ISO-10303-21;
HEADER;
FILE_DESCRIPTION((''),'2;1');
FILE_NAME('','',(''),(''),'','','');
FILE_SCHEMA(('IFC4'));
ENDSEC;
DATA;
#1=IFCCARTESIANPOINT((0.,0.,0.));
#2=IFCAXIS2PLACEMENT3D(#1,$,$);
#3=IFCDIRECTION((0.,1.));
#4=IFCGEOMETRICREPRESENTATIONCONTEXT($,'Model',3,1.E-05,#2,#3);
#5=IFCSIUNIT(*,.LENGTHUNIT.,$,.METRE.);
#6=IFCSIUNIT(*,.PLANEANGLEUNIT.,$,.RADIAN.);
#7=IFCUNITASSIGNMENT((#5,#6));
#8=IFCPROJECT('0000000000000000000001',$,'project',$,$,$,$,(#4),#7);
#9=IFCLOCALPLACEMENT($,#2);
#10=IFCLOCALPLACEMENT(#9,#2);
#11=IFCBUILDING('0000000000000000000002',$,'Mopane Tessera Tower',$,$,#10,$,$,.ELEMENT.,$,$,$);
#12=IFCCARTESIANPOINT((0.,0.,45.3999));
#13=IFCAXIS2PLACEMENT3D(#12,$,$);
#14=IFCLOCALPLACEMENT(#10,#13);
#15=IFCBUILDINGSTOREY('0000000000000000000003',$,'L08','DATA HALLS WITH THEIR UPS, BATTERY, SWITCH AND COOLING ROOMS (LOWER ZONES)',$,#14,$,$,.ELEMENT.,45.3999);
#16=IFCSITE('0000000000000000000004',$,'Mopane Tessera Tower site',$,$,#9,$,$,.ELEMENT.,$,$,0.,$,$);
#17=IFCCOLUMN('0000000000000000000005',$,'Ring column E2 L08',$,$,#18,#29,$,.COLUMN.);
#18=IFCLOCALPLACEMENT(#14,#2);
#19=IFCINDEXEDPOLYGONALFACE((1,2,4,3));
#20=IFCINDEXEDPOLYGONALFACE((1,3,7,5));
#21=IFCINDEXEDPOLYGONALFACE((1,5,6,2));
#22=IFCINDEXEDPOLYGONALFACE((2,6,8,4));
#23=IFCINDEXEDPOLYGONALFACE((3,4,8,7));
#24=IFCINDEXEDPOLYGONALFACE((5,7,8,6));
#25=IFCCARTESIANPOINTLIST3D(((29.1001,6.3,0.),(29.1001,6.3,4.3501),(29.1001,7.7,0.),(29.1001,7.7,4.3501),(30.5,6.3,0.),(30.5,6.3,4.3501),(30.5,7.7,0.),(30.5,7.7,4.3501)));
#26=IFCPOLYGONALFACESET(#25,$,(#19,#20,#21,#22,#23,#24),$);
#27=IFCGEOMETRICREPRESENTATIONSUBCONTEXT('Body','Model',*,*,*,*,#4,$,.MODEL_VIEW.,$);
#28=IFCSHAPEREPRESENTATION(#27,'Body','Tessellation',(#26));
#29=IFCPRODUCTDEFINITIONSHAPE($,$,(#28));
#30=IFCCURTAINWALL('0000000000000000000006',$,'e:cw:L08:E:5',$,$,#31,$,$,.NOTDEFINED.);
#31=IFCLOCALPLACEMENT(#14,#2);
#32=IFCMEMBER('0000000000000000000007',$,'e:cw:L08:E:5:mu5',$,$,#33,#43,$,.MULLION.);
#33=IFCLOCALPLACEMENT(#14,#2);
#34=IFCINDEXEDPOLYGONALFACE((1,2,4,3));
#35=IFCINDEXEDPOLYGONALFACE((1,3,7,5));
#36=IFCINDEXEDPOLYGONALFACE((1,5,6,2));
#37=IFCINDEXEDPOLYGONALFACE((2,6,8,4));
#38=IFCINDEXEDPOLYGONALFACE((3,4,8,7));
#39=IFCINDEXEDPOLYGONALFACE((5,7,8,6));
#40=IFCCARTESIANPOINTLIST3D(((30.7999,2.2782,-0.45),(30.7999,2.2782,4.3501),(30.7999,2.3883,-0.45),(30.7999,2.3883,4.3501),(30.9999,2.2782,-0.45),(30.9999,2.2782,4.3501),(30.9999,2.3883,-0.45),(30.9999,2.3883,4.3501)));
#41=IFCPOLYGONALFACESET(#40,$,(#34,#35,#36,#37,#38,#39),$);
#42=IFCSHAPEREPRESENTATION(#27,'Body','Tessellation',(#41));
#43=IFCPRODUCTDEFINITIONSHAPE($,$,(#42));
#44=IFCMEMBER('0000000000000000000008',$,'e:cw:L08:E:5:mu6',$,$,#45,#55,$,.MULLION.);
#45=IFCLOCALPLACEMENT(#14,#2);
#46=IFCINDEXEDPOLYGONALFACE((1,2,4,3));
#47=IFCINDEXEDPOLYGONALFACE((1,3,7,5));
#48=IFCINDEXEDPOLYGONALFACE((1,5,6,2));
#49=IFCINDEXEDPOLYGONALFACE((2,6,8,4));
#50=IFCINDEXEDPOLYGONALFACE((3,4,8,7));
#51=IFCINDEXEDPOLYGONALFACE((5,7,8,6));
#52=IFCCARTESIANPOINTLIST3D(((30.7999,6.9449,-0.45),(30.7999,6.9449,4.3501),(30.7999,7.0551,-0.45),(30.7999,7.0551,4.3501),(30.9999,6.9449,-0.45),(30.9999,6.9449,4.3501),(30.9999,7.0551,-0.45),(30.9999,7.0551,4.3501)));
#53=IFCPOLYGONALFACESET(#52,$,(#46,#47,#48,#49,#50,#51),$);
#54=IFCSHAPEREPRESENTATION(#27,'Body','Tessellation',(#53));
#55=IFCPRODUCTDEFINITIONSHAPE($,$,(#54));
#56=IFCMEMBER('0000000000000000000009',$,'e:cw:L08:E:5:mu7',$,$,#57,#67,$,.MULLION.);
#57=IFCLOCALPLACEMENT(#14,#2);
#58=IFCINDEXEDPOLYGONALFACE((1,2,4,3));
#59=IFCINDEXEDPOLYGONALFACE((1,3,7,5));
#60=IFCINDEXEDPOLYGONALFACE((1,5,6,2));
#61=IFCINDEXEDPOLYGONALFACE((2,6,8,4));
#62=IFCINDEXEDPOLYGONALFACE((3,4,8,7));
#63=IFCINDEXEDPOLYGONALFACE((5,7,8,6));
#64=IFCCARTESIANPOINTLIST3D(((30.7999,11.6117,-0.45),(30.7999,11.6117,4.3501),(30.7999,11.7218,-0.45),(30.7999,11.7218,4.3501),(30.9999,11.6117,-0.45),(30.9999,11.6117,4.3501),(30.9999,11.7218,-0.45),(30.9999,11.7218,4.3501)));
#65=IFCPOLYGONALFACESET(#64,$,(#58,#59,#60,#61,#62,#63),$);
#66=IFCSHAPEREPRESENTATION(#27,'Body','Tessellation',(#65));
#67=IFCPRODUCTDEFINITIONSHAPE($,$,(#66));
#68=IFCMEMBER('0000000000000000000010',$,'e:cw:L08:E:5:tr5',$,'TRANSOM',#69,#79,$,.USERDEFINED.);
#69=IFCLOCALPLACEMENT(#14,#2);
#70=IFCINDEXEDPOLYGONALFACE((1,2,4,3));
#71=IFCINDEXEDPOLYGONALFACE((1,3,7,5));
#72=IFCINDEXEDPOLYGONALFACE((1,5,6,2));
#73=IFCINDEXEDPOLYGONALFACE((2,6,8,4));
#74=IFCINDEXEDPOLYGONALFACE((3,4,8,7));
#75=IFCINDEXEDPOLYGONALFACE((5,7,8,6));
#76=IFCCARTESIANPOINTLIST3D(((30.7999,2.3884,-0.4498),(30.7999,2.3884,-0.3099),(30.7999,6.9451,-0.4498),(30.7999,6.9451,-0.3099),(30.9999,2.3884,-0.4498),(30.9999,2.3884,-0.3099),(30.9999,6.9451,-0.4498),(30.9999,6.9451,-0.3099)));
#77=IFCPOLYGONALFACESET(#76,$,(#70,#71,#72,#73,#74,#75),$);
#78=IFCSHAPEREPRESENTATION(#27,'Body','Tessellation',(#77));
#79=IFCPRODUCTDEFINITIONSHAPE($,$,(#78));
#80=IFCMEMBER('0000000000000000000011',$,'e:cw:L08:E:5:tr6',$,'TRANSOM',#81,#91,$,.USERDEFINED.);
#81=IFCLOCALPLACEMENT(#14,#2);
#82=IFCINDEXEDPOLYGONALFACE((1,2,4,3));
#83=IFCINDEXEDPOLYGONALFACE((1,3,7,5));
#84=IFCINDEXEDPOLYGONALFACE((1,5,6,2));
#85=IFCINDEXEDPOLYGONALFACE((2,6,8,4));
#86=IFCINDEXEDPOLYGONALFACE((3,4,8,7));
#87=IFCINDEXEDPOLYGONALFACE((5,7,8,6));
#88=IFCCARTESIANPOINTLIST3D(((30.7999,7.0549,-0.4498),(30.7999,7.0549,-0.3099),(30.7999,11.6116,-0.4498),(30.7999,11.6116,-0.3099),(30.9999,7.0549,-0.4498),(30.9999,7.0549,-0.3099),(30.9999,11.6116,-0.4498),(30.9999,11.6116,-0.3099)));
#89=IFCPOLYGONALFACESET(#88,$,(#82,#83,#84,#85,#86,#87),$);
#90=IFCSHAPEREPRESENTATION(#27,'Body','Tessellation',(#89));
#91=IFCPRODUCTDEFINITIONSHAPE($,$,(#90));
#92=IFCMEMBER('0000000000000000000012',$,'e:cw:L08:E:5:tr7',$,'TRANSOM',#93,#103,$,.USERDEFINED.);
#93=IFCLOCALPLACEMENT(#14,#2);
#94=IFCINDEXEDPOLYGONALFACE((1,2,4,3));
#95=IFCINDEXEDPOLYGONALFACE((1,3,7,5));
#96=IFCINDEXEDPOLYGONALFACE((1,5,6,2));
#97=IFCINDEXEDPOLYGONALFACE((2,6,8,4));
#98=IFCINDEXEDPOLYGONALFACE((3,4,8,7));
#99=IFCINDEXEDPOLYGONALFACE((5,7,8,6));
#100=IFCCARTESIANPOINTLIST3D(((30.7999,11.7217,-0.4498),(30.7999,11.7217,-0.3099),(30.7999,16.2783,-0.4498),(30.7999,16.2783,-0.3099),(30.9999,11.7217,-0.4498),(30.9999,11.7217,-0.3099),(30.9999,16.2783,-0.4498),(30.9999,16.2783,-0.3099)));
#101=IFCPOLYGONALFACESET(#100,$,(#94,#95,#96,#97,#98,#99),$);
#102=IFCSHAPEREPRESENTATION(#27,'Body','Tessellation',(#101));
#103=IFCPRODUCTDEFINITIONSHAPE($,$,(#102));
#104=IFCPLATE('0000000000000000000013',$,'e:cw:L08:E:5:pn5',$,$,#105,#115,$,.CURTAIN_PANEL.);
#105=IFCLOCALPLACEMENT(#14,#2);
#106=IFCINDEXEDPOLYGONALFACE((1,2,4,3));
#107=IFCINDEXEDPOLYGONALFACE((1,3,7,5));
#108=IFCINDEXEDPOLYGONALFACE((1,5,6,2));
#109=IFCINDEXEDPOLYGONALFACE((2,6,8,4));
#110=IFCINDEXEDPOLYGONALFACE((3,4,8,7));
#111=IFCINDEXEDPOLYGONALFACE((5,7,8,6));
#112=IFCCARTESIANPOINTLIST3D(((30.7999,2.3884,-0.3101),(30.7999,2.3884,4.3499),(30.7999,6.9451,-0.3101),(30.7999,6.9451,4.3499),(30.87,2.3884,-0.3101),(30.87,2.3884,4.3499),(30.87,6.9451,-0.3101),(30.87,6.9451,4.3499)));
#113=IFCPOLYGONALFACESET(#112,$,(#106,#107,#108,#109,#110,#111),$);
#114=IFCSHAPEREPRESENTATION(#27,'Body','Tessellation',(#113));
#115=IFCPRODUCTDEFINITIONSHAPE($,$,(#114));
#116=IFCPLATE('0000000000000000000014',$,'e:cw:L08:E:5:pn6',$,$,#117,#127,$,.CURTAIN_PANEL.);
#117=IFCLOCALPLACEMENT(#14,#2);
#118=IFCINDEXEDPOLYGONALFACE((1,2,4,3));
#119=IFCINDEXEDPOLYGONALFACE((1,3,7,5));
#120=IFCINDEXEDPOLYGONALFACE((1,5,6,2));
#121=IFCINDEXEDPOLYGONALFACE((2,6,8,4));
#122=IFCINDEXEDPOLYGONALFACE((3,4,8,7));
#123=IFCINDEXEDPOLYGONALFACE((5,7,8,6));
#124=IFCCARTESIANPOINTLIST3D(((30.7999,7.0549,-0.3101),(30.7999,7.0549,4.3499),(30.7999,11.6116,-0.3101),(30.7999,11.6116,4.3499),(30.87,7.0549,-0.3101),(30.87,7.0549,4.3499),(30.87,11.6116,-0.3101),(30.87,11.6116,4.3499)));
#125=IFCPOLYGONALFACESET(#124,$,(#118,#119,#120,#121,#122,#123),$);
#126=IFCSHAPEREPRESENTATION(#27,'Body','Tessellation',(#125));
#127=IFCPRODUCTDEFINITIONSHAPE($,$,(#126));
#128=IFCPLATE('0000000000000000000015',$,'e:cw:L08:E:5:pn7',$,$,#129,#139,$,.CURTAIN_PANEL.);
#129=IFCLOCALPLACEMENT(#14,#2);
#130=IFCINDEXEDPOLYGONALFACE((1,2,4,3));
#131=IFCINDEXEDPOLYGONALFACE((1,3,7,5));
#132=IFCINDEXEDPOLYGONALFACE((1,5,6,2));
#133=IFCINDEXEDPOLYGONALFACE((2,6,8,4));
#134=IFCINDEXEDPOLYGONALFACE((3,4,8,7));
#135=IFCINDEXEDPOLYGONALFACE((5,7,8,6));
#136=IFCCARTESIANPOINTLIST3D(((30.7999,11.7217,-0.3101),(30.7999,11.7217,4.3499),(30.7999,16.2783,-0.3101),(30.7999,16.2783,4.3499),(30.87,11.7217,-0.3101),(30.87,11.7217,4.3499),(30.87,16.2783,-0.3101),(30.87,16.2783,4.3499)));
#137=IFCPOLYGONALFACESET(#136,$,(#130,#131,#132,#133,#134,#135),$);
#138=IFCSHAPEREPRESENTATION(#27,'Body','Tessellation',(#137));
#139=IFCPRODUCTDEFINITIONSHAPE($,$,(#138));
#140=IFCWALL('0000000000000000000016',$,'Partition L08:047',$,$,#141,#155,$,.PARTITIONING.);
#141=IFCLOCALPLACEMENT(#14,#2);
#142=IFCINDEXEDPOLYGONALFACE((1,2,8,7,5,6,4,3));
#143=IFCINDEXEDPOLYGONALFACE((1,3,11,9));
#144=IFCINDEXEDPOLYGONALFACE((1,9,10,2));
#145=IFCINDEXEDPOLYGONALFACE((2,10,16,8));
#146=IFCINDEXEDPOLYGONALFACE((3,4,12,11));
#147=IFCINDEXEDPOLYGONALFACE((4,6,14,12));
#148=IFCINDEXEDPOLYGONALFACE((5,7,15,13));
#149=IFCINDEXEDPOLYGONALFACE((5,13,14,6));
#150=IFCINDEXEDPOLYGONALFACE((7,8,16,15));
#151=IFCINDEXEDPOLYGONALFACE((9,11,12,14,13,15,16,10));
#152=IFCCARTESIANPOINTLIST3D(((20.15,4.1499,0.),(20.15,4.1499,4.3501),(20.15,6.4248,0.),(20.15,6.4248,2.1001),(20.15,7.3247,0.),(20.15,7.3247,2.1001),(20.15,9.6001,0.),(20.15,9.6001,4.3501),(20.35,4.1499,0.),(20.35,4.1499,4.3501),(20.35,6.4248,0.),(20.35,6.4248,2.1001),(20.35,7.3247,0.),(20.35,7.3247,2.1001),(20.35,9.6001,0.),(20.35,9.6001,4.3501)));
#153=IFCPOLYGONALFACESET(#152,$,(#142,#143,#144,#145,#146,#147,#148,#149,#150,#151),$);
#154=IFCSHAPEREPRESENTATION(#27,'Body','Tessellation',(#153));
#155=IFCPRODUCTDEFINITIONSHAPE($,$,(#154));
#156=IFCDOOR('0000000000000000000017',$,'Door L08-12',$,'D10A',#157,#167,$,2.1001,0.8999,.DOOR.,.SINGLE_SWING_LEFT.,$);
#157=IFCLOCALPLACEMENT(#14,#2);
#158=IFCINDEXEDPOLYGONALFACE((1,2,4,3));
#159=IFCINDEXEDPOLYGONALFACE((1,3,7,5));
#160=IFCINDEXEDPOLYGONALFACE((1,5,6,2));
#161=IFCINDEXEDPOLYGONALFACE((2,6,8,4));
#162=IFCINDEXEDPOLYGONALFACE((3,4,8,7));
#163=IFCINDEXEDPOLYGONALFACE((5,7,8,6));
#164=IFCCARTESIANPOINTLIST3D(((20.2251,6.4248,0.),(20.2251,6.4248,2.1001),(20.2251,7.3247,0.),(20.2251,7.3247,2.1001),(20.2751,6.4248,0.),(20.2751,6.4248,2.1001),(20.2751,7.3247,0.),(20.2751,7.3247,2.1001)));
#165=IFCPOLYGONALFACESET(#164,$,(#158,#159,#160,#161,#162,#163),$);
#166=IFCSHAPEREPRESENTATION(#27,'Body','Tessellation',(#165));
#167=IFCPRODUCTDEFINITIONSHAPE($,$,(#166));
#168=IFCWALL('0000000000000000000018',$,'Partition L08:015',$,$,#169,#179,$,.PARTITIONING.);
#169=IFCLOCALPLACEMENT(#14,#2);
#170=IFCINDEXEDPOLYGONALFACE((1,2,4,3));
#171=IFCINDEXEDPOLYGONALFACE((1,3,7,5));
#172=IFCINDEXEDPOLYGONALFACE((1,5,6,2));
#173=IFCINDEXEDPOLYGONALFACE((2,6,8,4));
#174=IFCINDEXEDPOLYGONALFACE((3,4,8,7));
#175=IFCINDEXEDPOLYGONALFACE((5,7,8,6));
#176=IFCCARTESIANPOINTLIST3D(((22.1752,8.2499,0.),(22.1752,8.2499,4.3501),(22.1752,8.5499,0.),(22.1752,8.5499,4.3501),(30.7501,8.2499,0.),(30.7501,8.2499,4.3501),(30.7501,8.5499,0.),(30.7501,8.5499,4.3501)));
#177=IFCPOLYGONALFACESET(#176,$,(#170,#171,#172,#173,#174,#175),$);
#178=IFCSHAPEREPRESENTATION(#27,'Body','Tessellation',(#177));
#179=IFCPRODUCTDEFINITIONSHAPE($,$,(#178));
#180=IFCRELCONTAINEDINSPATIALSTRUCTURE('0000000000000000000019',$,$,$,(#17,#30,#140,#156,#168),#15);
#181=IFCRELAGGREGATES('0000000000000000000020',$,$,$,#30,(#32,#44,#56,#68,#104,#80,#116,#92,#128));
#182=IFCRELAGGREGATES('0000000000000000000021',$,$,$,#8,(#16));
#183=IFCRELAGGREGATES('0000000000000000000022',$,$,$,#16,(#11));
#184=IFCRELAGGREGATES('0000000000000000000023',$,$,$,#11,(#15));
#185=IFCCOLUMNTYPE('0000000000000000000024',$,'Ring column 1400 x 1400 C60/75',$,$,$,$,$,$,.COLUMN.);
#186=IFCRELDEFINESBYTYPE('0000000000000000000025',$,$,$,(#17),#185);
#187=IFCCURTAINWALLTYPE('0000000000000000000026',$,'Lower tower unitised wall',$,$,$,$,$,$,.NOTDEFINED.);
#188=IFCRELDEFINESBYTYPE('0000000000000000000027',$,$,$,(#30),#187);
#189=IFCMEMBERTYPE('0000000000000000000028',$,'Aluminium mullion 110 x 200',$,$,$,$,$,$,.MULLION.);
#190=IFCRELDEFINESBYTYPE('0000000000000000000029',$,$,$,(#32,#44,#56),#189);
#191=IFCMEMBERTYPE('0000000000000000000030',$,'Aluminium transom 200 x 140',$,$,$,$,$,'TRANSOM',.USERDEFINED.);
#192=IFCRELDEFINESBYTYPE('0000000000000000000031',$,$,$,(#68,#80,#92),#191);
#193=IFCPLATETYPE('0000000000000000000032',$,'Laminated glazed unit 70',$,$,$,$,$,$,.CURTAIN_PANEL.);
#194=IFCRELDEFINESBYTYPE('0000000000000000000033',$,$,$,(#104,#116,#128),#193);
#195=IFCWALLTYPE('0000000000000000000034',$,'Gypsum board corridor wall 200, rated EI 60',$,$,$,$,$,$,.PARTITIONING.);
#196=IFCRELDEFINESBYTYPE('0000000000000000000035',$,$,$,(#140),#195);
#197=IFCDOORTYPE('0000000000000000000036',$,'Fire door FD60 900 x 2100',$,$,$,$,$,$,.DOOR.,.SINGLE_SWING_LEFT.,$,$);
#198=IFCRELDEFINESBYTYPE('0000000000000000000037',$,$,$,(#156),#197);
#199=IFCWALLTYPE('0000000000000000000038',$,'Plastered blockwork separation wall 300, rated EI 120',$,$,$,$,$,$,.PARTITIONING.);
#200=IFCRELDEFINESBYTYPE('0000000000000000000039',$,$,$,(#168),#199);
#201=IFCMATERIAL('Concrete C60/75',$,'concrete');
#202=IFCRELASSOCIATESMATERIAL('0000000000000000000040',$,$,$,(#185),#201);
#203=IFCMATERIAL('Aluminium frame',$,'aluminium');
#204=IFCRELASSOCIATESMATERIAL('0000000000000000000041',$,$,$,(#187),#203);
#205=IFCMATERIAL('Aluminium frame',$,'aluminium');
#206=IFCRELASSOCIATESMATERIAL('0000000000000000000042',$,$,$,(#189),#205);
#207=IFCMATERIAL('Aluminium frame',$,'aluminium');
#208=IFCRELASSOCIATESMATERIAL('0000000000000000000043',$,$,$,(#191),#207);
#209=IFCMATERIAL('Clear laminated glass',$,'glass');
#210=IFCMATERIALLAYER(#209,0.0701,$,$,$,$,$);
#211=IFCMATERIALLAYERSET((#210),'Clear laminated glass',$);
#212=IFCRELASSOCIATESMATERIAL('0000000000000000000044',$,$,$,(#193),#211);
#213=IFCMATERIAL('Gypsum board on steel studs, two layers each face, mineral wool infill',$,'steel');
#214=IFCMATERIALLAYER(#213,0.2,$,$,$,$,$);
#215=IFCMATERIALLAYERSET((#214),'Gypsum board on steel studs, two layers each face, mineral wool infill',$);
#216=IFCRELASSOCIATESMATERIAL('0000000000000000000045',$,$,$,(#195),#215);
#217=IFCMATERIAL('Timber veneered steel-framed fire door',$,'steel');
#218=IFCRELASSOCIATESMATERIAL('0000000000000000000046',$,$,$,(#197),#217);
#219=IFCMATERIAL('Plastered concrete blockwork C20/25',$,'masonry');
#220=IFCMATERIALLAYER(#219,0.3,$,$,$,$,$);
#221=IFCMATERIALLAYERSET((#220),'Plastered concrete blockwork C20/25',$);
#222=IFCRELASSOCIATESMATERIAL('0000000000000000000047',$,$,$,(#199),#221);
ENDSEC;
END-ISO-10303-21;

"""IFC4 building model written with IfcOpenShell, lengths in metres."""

from ifc_helpers import new_model, si_unit, direction, frame, frame_2d, origin, origin_2d, place, context, subcontext, project, spatial, rectangle, extrude, material, layer, layer_set, material_profile, profile_set, type_object, element, fill, aggregate, save


model = new_model("IFC4")

# Units and contexts
model_context = context("Model", 3, precision=1e-05, world=origin(), true_north=direction((0.0, 1.0)))
body_context = subcontext(model_context, "Body", "Model", "MODEL_VIEW")
ifc_project = project(units=[si_unit("LENGTHUNIT", "METRE"), si_unit("PLANEANGLEUNIT", "RADIAN")], contexts=[model_context])

# Site, building, storey
site_placement = place(None, origin())
site = spatial("IfcSite", under=ifc_project, at=site_placement, Name="Mopane Tessera Tower site", CompositionType="ELEMENT", RefElevation=0.0)
building_placement = place(site_placement, origin())
building = spatial("IfcBuilding", under=site, at=building_placement, Name="Mopane Tessera Tower", CompositionType="ELEMENT")
storey_placement = place(building_placement, frame((0.0, 0.0, 45.3999)))
storey = spatial("IfcBuildingStorey", under=building, at=storey_placement, Name="L08", Description="DATA HALLS WITH THEIR UPS, BATTERY, SWITCH AND COOLING ROOMS (LOWER ZONES)", CompositionType="ELEMENT", Elevation=45.3999)

# Column
ifc_material_1 = material(Name="Concrete C60/75", Category="concrete")
ifc_material_profile_1 = material_profile(ifc_material_1, rectangle(XDim=1.3999, YDim=1.3999, at=origin_2d()))
ifc_profile_set_1 = profile_set([ifc_material_profile_1], Name="Concrete C60/75")
column_type = type_object("IfcColumnType", Name="Ring column 1400 x 1400 C60/75", PredefinedType="COLUMN", material=ifc_profile_set_1)
column_placement = place(storey_placement, frame((29.8, 7.0, 0.0), z_axis=(0.0, 0.0, 1.0), x_axis=(1.0, 0.0, 0.0)))
element("IfcColumn", 1, at=column_placement, inside=storey, type_object=column_type, Name="Ring column E2 L08", PredefinedType="COLUMN", context=body_context, shape_type="SweptSolid", body=[
    extrude(rectangle(XDim=1.3999, YDim=1.3999, at=origin_2d()), origin(), (0.0, 0.0, 1.0), 4.3501),
])

# Curtain wall, members, plates
ifc_material_2 = material(Name="Aluminium frame", Category="aluminium")
curtain_wall_type = type_object("IfcCurtainWallType", Name="Lower tower unitised wall", PredefinedType="NOTDEFINED", material=ifc_material_2)
curtain_wall_placement = place(storey_placement, origin())
curtain_wall = element("IfcCurtainWall", 2, at=curtain_wall_placement, inside=storey, type_object=curtain_wall_type, Name="e:cw:L08:E:5", PredefinedType="NOTDEFINED")
ifc_material_3 = material(Name="Aluminium frame", Category="aluminium")
ifc_material_profile_2 = material_profile(ifc_material_3, rectangle(XDim=0.1101, YDim=0.2, at=origin_2d()))
ifc_profile_set_2 = profile_set([ifc_material_profile_2], Name="Aluminium frame")
member_type_1 = type_object("IfcMemberType", Name="Aluminium mullion 110 x 200", PredefinedType="MULLION", material=ifc_profile_set_2)
member_1_placement = place(storey_placement, frame((30.8999, 2.3333, -0.45), z_axis=(0.0, 0.0, 1.0), x_axis=(0.0, 1.0, 0.0)))
member_1 = element("IfcMember", 3, at=member_1_placement, type_object=member_type_1, Name="e:cw:L08:E:5:mu5", PredefinedType="MULLION", context=body_context, shape_type="SweptSolid", body=[
    extrude(rectangle(XDim=0.1101, YDim=0.2, at=origin_2d()), origin(), (0.0, 0.0, 1.0), 4.8),
])
member_2_placement = place(storey_placement, frame((30.8999, 7.0, -0.45), z_axis=(0.0, 0.0, 1.0), x_axis=(0.0, 1.0, 0.0)))
member_2 = element("IfcMember", 4, at=member_2_placement, type_object=member_type_1, Name="e:cw:L08:E:5:mu6", PredefinedType="MULLION", context=body_context, shape_type="SweptSolid", body=[
    extrude(rectangle(XDim=0.1101, YDim=0.2, at=origin_2d()), origin(), (0.0, 0.0, 1.0), 4.8),
])
member_3_placement = place(storey_placement, frame((30.8999, 11.6667, -0.45), z_axis=(0.0, 0.0, 1.0), x_axis=(0.0, 1.0, 0.0)))
member_3 = element("IfcMember", 5, at=member_3_placement, type_object=member_type_1, Name="e:cw:L08:E:5:mu7", PredefinedType="MULLION", context=body_context, shape_type="SweptSolid", body=[
    extrude(rectangle(XDim=0.1101, YDim=0.2, at=origin_2d()), origin(), (0.0, 0.0, 1.0), 4.8),
])
ifc_material_4 = material(Name="Aluminium frame", Category="aluminium")
ifc_material_profile_3 = material_profile(ifc_material_4, rectangle(XDim=0.2, YDim=0.1399, at=origin_2d()))
ifc_profile_set_3 = profile_set([ifc_material_profile_3], Name="Aluminium frame")
member_type_2 = type_object("IfcMemberType", Name="Aluminium transom 200 x 140", ElementType="TRANSOM", PredefinedType="USERDEFINED", material=ifc_profile_set_3)
member_4_placement = place(storey_placement, frame((30.8999, 2.3884, -0.3799), z_axis=(0.0, 1.0, 0.0), x_axis=(-1.0, 0.0, 0.0)))
member_4 = element("IfcMember", 6, at=member_4_placement, type_object=member_type_2, Name="e:cw:L08:E:5:tr5", ObjectType="TRANSOM", PredefinedType="USERDEFINED", context=body_context, shape_type="SweptSolid", body=[
    extrude(rectangle(XDim=0.2, YDim=0.1399, at=origin_2d()), origin(), (0.0, 0.0, 1.0), 4.5566),
])
member_5_placement = place(storey_placement, frame((30.8999, 7.0549, -0.3799), z_axis=(0.0, 1.0, 0.0), x_axis=(-1.0, 0.0, 0.0)))
member_5 = element("IfcMember", 7, at=member_5_placement, type_object=member_type_2, Name="e:cw:L08:E:5:tr6", ObjectType="TRANSOM", PredefinedType="USERDEFINED", context=body_context, shape_type="SweptSolid", body=[
    extrude(rectangle(XDim=0.2, YDim=0.1399, at=origin_2d()), origin(), (0.0, 0.0, 1.0), 4.5566),
])
member_6_placement = place(storey_placement, frame((30.8999, 11.7217, -0.3799), z_axis=(0.0, 1.0, 0.0), x_axis=(-1.0, 0.0, 0.0)))
member_6 = element("IfcMember", 8, at=member_6_placement, type_object=member_type_2, Name="e:cw:L08:E:5:tr7", ObjectType="TRANSOM", PredefinedType="USERDEFINED", context=body_context, shape_type="SweptSolid", body=[
    extrude(rectangle(XDim=0.2, YDim=0.1399, at=origin_2d()), origin(), (0.0, 0.0, 1.0), 4.5566),
])
ifc_material_5 = material(Name="Clear laminated glass", Category="glass")
ifc_layer_1 = layer(ifc_material_5, 0.0701)
ifc_layer_set_1 = layer_set([ifc_layer_1], Name="Clear laminated glass")
plate_type = type_object("IfcPlateType", Name="Laminated glazed unit 70", PredefinedType="CURTAIN_PANEL", material=ifc_layer_set_1)
plate_1_placement = place(storey_placement, frame((30.835, 4.6667, -0.3101), z_axis=(0.0, 0.0, 1.0), x_axis=(0.0, 1.0, 0.0)))
plate_1 = element("IfcPlate", 9, at=plate_1_placement, type_object=plate_type, Name="e:cw:L08:E:5:pn5", PredefinedType="CURTAIN_PANEL", context=body_context, shape_type="SweptSolid", body=[
    extrude(rectangle(XDim=4.5566, YDim=0.0701, at=origin_2d()), origin(), (0.0, 0.0, 1.0), 4.6599),
])
plate_2_placement = place(storey_placement, frame((30.835, 9.3333, -0.3101), z_axis=(0.0, 0.0, 1.0), x_axis=(0.0, 1.0, 0.0)))
plate_2 = element("IfcPlate", 10, at=plate_2_placement, type_object=plate_type, Name="e:cw:L08:E:5:pn6", PredefinedType="CURTAIN_PANEL", context=body_context, shape_type="SweptSolid", body=[
    extrude(rectangle(XDim=4.5566, YDim=0.0701, at=origin_2d()), origin(), (0.0, 0.0, 1.0), 4.6599),
])
plate_3_placement = place(storey_placement, frame((30.835, 14.0, -0.3101), z_axis=(0.0, 0.0, 1.0), x_axis=(0.0, 1.0, 0.0)))
plate_3 = element("IfcPlate", 11, at=plate_3_placement, type_object=plate_type, Name="e:cw:L08:E:5:pn7", PredefinedType="CURTAIN_PANEL", context=body_context, shape_type="SweptSolid", body=[
    extrude(rectangle(XDim=4.5566, YDim=0.0701, at=origin_2d()), origin(), (0.0, 0.0, 1.0), 4.6599),
])
aggregate(curtain_wall, [member_1, member_2, member_3, member_4, plate_1, member_5, plate_2, member_6, plate_3])

# Wall, opening, door
ifc_material_6 = material(Name="Gypsum board on steel studs, two layers each face, mineral wool infill", Category="steel")
ifc_layer_2 = layer(ifc_material_6, 0.2)
ifc_layer_set_2 = layer_set([ifc_layer_2], Name="Gypsum board on steel studs, two layers each face, mineral wool infill")
wall_type_1 = type_object("IfcWallType", Name="Gypsum board corridor wall 200, rated EI 60", PredefinedType="PARTITIONING", material=ifc_layer_set_2)
wall_1_placement = place(storey_placement, frame((20.25, 4.1499, 0.0), z_axis=(0.0, 0.0, 1.0), x_axis=(0.0, 1.0, 0.0)))
wall_1 = element("IfcWall", 12, at=wall_1_placement, inside=storey, type_object=wall_type_1, Name="Partition L08:047", PredefinedType="PARTITIONING", context=body_context, shape_type="SweptSolid", body=[
    extrude(rectangle(XDim=5.4502, YDim=0.2, at=frame_2d((2.7251, 0.0))), origin(), (0.0, 0.0, 1.0), 4.3501),
])
opening_1_placement = place(wall_1_placement, frame((2.2749, 0.0, 0.0)))
opening_1 = element("IfcOpeningElement", 13, at=opening_1_placement, cuts=wall_1, PredefinedType="OPENING", context=body_context, shape_type="SweptSolid", body=[
    extrude(rectangle(XDim=0.8999, YDim=2.1001, at=frame_2d((0.45, 1.05))), frame((0.0, 0.1121, 0.0), z_axis=(0.0, -1.0, 0.0), x_axis=(1.0, 0.0, 0.0)), (0.0, 0.0, 1.0), 0.2239),
])
ifc_material_7 = material(Name="Timber veneered steel-framed fire door", Category="steel")
door_type_1 = type_object("IfcDoorType", Name="Fire door FD60 900 x 2100", OperationType="SINGLE_SWING_LEFT", PredefinedType="DOOR", material=ifc_material_7)
door_1_placement = place(opening_1_placement, origin())
door_1 = element("IfcDoor", 14, at=door_1_placement, inside=storey, type_object=door_type_1, Name="Door L08-12", ObjectType="D10A", OperationType="SINGLE_SWING_LEFT", OverallHeight=2.1001, OverallWidth=0.8999, PredefinedType="DOOR", context=body_context, shape_type="SweptSolid", body=[
    extrude(rectangle(XDim=0.8999, YDim=2.1001, at=frame_2d((0.45, 1.05))), frame((0.0, 0.0249, 0.0), z_axis=(0.0, -1.0, 0.0), x_axis=(1.0, 0.0, 0.0)), (0.0, 0.0, 1.0), 0.05),
])
fill(opening_1, door_1)

# Wall
ifc_material_8 = material(Name="Plastered concrete blockwork C20/25", Category="masonry")
ifc_layer_3 = layer(ifc_material_8, 0.3)
ifc_layer_set_3 = layer_set([ifc_layer_3], Name="Plastered concrete blockwork C20/25")
wall_type_2 = type_object("IfcWallType", Name="Plastered blockwork separation wall 300, rated EI 120", PredefinedType="PARTITIONING", material=ifc_layer_set_3)
wall_2_placement = place(storey_placement, frame((22.175, 8.3999, 0.0), z_axis=(0.0, 0.0, 1.0), x_axis=(1.0, 0.0, 0.0)))
element("IfcWall", 15, at=wall_2_placement, inside=storey, type_object=wall_type_2, Name="Partition L08:015", PredefinedType="PARTITIONING", context=body_context, shape_type="SweptSolid", body=[
    extrude(rectangle(XDim=8.575, YDim=0.3, at=frame_2d((4.2876, 0.0))), origin(), (0.0, 0.0, 1.0), 4.3501),
])

save(model, "model.ifc")
